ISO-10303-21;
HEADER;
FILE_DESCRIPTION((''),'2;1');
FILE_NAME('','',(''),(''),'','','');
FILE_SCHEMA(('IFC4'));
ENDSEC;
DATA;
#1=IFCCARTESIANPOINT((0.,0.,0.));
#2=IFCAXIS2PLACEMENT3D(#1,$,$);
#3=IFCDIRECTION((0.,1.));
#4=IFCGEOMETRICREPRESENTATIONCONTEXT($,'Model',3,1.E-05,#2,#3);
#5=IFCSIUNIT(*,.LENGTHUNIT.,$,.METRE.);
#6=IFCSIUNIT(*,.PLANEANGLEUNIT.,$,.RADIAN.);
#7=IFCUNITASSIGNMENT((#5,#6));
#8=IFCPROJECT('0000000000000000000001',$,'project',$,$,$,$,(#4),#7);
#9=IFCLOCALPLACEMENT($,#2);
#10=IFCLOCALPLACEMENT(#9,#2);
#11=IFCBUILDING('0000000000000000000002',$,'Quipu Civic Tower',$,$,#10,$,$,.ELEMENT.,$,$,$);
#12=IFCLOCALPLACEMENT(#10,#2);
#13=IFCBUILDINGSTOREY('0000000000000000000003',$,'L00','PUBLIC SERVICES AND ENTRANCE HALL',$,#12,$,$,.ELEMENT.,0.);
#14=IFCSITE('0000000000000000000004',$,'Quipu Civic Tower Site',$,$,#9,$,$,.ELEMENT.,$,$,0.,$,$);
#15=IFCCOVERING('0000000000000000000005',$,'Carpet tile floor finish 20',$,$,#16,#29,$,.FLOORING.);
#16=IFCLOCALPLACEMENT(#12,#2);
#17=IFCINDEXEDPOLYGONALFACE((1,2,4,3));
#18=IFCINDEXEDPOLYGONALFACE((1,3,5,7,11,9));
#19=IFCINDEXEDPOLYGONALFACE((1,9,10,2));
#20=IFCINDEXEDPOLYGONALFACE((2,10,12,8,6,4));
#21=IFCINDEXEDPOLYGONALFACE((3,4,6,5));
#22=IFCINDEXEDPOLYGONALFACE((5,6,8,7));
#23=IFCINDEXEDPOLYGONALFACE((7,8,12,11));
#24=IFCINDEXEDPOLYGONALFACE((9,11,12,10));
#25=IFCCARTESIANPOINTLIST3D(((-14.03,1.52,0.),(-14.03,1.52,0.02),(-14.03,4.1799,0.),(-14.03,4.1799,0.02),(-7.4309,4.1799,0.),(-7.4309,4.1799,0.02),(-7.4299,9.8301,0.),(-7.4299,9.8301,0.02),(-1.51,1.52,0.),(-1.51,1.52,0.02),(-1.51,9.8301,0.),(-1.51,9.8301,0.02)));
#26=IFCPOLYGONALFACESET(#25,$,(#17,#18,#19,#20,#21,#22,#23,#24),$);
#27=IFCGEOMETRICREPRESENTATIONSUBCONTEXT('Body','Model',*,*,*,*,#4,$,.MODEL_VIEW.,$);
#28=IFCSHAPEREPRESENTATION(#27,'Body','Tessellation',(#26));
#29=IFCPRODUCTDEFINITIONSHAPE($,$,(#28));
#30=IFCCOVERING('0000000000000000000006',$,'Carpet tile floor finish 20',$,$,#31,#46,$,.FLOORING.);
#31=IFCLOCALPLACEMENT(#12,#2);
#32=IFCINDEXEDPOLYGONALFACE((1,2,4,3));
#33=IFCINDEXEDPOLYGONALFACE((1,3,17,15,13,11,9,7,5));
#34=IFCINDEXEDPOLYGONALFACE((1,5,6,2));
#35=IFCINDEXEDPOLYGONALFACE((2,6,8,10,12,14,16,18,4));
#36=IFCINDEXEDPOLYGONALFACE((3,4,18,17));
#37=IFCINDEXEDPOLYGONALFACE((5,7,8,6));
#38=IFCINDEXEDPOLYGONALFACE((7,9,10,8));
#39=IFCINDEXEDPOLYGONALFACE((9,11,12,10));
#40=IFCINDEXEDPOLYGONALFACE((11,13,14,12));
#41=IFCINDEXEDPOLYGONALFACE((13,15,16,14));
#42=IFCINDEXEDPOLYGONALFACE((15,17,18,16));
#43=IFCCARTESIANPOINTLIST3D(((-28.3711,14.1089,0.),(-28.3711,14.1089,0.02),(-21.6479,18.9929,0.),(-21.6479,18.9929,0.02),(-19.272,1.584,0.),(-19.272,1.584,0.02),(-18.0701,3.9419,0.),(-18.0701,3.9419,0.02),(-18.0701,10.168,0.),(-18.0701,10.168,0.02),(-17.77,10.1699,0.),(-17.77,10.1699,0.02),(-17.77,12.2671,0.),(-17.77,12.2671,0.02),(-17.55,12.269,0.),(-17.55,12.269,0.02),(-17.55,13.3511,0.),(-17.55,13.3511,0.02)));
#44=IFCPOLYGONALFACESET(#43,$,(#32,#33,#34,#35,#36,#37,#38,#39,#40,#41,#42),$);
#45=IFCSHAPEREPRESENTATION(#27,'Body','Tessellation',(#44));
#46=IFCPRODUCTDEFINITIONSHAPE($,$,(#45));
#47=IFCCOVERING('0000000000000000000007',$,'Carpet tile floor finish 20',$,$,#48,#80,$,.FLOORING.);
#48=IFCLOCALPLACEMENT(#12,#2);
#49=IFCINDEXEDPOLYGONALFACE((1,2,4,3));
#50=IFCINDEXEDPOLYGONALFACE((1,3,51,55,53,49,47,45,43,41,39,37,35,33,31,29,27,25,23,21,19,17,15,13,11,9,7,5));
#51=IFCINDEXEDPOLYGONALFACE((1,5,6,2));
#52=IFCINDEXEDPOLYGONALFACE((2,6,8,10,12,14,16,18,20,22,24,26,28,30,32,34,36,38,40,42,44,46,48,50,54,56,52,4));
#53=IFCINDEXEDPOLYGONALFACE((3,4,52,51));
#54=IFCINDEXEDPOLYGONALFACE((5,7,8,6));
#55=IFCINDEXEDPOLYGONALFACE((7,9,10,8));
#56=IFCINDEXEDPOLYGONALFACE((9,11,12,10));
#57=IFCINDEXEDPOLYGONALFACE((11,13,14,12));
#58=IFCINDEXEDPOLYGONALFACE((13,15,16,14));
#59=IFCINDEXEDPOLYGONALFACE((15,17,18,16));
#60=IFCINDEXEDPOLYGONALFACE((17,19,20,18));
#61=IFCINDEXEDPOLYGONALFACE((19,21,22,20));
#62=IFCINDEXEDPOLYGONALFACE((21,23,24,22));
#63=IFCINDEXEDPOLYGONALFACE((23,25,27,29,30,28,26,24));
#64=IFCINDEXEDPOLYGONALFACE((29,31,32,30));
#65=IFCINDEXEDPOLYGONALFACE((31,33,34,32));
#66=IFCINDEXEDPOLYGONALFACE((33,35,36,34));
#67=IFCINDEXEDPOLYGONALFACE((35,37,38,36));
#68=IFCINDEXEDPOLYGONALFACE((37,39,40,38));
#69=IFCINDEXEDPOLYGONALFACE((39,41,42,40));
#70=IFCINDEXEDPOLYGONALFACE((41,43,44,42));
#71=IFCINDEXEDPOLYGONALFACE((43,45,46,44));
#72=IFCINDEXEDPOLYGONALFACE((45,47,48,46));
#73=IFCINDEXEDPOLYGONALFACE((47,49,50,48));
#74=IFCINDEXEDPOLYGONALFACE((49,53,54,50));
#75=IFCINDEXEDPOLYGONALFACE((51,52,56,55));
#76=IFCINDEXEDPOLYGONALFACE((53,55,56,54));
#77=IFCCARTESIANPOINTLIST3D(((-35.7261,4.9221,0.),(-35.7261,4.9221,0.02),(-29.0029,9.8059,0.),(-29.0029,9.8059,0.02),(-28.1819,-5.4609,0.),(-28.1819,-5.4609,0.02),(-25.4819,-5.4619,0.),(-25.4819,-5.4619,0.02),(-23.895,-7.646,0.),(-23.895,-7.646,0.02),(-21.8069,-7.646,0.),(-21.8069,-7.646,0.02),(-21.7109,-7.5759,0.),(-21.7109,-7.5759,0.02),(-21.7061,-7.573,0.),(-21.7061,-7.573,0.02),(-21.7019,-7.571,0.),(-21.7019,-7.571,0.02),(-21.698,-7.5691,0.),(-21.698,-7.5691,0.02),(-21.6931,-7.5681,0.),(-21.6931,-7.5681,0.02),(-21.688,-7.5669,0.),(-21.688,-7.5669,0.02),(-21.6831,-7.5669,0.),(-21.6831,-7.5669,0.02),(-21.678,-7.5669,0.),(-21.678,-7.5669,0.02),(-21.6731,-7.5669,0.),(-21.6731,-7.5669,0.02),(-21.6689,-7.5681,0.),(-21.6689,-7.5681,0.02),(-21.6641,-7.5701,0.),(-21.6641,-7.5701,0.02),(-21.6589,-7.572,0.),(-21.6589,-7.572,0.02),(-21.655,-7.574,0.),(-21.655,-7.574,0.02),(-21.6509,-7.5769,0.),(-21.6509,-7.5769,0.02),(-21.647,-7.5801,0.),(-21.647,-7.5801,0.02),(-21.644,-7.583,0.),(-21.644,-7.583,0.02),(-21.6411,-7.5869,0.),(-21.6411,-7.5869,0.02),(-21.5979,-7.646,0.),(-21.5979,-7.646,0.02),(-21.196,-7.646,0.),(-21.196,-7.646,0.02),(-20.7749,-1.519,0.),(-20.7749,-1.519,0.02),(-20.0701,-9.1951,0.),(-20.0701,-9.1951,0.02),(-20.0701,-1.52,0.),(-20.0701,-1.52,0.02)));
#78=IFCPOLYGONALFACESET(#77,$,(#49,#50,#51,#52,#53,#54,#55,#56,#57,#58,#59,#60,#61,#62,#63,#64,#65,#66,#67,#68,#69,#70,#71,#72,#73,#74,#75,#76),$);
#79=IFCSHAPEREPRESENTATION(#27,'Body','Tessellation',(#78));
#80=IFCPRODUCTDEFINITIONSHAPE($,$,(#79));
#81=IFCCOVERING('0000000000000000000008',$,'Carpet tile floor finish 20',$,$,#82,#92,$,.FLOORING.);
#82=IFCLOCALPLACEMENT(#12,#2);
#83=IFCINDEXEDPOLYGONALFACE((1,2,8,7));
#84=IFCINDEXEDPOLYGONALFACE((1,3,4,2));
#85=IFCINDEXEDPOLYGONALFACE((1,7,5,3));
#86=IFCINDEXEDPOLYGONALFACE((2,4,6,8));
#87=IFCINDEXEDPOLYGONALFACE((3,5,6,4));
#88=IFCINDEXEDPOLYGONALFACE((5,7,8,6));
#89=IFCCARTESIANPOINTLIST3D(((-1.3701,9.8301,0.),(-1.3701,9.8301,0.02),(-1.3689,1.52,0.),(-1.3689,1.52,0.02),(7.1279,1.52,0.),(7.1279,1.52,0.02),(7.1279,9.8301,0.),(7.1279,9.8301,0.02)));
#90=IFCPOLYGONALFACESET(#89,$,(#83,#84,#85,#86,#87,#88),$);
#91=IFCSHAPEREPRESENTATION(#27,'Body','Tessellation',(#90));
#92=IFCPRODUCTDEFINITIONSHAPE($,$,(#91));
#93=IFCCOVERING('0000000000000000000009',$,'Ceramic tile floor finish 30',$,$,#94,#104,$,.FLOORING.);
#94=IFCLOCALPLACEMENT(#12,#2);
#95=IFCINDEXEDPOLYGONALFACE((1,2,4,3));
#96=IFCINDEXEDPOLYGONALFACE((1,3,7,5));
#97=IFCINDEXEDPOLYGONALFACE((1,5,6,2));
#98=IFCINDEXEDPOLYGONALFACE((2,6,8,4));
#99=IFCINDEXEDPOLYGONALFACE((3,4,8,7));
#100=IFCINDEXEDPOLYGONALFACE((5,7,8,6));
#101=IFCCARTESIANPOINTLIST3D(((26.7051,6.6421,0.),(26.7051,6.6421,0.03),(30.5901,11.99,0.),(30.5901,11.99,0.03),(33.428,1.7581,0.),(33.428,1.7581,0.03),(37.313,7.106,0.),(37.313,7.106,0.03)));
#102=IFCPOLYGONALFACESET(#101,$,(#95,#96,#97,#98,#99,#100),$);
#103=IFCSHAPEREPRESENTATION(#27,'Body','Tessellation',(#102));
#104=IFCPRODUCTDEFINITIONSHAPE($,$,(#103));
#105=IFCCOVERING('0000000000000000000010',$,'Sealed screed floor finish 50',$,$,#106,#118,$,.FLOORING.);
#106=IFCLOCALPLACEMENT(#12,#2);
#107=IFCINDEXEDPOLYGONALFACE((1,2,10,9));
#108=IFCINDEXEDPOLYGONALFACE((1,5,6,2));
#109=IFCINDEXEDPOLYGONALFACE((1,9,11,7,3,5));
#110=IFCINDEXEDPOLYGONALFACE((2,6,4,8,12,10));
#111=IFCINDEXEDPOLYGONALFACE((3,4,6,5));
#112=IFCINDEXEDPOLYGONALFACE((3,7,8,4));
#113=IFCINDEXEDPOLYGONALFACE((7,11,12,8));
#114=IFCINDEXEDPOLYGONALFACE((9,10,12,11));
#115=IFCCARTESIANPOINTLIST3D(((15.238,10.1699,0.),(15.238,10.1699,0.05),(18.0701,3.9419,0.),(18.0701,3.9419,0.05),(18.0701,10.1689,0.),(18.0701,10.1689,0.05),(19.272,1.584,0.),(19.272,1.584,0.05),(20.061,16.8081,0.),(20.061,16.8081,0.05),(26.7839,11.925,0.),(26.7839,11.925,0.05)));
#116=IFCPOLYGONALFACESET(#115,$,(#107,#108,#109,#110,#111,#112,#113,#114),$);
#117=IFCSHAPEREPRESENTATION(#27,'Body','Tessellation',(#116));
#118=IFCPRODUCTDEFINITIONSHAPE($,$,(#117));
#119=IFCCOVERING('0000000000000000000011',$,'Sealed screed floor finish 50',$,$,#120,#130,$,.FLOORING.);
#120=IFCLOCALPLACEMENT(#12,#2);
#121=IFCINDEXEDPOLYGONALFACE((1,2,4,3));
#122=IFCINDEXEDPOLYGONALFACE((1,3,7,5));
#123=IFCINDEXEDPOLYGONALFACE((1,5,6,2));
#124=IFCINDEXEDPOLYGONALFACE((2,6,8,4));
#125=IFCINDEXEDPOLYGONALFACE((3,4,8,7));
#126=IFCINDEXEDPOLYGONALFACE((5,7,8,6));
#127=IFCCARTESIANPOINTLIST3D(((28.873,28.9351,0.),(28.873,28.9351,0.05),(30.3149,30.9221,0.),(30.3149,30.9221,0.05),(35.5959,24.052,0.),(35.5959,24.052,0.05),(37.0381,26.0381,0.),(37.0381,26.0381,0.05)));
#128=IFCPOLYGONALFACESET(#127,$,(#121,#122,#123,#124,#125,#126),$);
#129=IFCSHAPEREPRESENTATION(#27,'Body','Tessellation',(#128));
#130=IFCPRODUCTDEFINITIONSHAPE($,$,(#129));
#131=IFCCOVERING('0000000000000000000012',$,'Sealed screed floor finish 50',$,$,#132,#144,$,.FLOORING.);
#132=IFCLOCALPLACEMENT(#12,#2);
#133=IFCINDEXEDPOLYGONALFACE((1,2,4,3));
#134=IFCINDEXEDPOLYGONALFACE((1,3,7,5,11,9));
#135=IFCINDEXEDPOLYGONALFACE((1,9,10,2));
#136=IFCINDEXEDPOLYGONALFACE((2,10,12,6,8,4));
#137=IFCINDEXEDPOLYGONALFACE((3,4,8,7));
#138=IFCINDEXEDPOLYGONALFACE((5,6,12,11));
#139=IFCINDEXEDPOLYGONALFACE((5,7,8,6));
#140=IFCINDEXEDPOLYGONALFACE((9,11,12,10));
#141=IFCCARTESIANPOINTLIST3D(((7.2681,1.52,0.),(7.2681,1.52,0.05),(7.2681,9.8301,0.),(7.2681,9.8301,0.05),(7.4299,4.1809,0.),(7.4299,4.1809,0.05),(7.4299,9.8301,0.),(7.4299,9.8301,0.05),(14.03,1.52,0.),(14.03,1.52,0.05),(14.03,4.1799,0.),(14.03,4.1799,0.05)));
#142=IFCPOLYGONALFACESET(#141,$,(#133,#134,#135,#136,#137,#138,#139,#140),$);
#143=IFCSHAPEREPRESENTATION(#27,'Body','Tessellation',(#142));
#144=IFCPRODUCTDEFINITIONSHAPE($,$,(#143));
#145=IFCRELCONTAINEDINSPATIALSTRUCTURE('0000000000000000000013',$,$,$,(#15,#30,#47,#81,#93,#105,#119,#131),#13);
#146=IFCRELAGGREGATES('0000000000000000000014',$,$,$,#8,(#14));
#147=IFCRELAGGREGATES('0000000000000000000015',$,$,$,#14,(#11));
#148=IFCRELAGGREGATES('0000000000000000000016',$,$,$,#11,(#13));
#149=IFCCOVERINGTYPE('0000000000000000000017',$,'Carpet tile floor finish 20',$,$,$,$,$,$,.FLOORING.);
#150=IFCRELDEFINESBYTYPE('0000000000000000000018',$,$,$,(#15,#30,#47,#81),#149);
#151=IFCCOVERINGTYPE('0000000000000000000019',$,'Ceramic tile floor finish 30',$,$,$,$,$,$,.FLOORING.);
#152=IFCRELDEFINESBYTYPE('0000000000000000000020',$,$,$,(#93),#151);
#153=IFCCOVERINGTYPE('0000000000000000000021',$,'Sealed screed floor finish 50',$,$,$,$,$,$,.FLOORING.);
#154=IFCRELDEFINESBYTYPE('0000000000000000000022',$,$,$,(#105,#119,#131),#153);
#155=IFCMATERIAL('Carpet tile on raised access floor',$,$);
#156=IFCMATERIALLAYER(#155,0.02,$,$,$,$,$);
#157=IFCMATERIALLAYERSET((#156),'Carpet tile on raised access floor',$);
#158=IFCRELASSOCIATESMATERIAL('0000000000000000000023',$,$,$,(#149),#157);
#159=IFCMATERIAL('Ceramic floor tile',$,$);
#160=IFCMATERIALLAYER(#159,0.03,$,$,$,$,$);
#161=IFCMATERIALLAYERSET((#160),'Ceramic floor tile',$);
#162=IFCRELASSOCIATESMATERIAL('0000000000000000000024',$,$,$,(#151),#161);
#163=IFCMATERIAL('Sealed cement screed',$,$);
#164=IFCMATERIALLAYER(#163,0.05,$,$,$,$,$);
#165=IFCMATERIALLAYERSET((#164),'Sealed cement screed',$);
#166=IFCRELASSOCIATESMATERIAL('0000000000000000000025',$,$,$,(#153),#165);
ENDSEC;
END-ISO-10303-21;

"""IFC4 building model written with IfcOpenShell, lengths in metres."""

from ifc_helpers import new_model, si_unit, direction, origin, place, context, subcontext, project, spatial, polyline, outline, extrude, material, layer, layer_set, type_object, element, save


model = new_model("IFC4")

# Units and contexts
model_context = context("Model", 3, precision=1e-05, world=origin(), true_north=direction((0.0, 1.0)))
body_context = subcontext(model_context, "Body", "Model", "MODEL_VIEW")
ifc_project = project(units=[si_unit("LENGTHUNIT", "METRE"), si_unit("PLANEANGLEUNIT", "RADIAN")], contexts=[model_context])

# Site, building, storey
site_placement = place(None, origin())
site = spatial("IfcSite", under=ifc_project, at=site_placement, Name="Quipu Civic Tower Site", CompositionType="ELEMENT", RefElevation=0.0)
building_placement = place(site_placement, origin())
building = spatial("IfcBuilding", under=site, at=building_placement, Name="Quipu Civic Tower", CompositionType="ELEMENT")
storey_placement = place(building_placement, origin())
storey = spatial("IfcBuildingStorey", under=building, at=storey_placement, Name="L00", Description="PUBLIC SERVICES AND ENTRANCE HALL", CompositionType="ELEMENT", Elevation=0.0)

# Coverings
ifc_material_1 = material(Name="Carpet tile on raised access floor")
ifc_layer_1 = layer(ifc_material_1, 0.02)
ifc_layer_set_1 = layer_set([ifc_layer_1], Name="Carpet tile on raised access floor")
covering_type_1 = type_object("IfcCoveringType", Name="Carpet tile floor finish 20", PredefinedType="FLOORING", material=ifc_layer_set_1)
covering_1_placement = place(storey_placement, origin())
element("IfcCovering", 1, at=covering_1_placement, inside=storey, type_object=covering_type_1, Name="Carpet tile floor finish 20", PredefinedType="FLOORING", context=body_context, shape_type="SweptSolid", body=[
    extrude(outline(polyline([(-14.03, 4.1799), (-7.4309, 4.1799), (-7.4299, 9.8301), (-1.51, 9.8301), (-1.51, 1.52), (-14.03, 1.52), (-14.03, 4.1799)])), origin(), (0.0, 0.0, 1.0), 0.02),
])
covering_2_placement = place(storey_placement, origin())
element("IfcCovering", 2, at=covering_2_placement, inside=storey, type_object=covering_type_1, Name="Carpet tile floor finish 20", PredefinedType="FLOORING", context=body_context, shape_type="SweptSolid", body=[
    extrude(outline(polyline([(-28.3711, 14.1089), (-21.6479, 18.9929), (-17.55, 13.3511), (-17.55, 12.269), (-17.77, 12.2671), (-17.77, 10.1699), (-18.0701, 10.168), (-18.0701, 3.9419), (-19.272, 1.584), (-28.3711, 14.1089)])), origin(), (0.0, 0.0, 1.0), 0.02),
])
covering_3_placement = place(storey_placement, origin())
element("IfcCovering", 3, at=covering_3_placement, inside=storey, type_object=covering_type_1, Name="Carpet tile floor finish 20", PredefinedType="FLOORING", context=body_context, shape_type="SweptSolid", body=[
    extrude(outline(polyline([(-35.7261, 4.9221), (-29.0029, 9.8059), (-20.7749, -1.519), (-20.0701, -1.52), (-20.0701, -9.1951), (-21.196, -7.646), (-21.5979, -7.646), (-21.6411, -7.5869), (-21.644, -7.583), (-21.647, -7.5801), (-21.6509, -7.5769), (-21.655, -7.574), (-21.6589, -7.572), (-21.6641, -7.5701), (-21.6689, -7.5681), (-21.6731, -7.5669), (-21.678, -7.5669), (-21.6831, -7.5669), (-21.688, -7.5669), (-21.6931, -7.5681), (-21.698, -7.5691), (-21.7019, -7.571), (-21.7061, -7.573), (-21.7109, -7.5759), (-21.8069, -7.646), (-23.895, -7.646), (-25.4819, -5.4619), (-28.1819, -5.4609), (-35.7261, 4.9221)])), origin(), (0.0, 0.0, 1.0), 0.02),
])
covering_4_placement = place(storey_placement, origin())
element("IfcCovering", 4, at=covering_4_placement, inside=storey, type_object=covering_type_1, Name="Carpet tile floor finish 20", PredefinedType="FLOORING", context=body_context, shape_type="SweptSolid", body=[
    extrude(outline(polyline([(-1.3701, 9.8301), (7.1279, 9.8301), (7.1279, 1.52), (-1.3689, 1.52), (-1.3701, 9.8301)])), origin(), (0.0, 0.0, 1.0), 0.02),
])
ifc_material_2 = material(Name="Ceramic floor tile")
ifc_layer_2 = layer(ifc_material_2, 0.03)
ifc_layer_set_2 = layer_set([ifc_layer_2], Name="Ceramic floor tile")
covering_type_2 = type_object("IfcCoveringType", Name="Ceramic tile floor finish 30", PredefinedType="FLOORING", material=ifc_layer_set_2)
covering_5_placement = place(storey_placement, origin())
element("IfcCovering", 5, at=covering_5_placement, inside=storey, type_object=covering_type_2, Name="Ceramic tile floor finish 30", PredefinedType="FLOORING", context=body_context, shape_type="SweptSolid", body=[
    extrude(outline(polyline([(26.7051, 6.6421), (30.5901, 11.99), (37.313, 7.106), (33.428, 1.7581), (26.7051, 6.6421)])), origin(), (0.0, 0.0, 1.0), 0.03),
])
ifc_material_3 = material(Name="Sealed cement screed")
ifc_layer_3 = layer(ifc_material_3, 0.05)
ifc_layer_set_3 = layer_set([ifc_layer_3], Name="Sealed cement screed")
covering_type_3 = type_object("IfcCoveringType", Name="Sealed screed floor finish 50", PredefinedType="FLOORING", material=ifc_layer_set_3)
covering_6_placement = place(storey_placement, origin())
element("IfcCovering", 6, at=covering_6_placement, inside=storey, type_object=covering_type_3, Name="Sealed screed floor finish 50", PredefinedType="FLOORING", context=body_context, shape_type="SweptSolid", body=[
    extrude(outline(polyline([(15.238, 10.1699), (20.061, 16.8081), (26.7839, 11.925), (19.272, 1.584), (18.0701, 3.9419), (18.0701, 10.1689), (15.238, 10.1699)])), origin(), (0.0, 0.0, 1.0), 0.05),
])
covering_7_placement = place(storey_placement, origin())
element("IfcCovering", 7, at=covering_7_placement, inside=storey, type_object=covering_type_3, Name="Sealed screed floor finish 50", PredefinedType="FLOORING", context=body_context, shape_type="SweptSolid", body=[
    extrude(outline(polyline([(28.873, 28.9351), (30.3149, 30.9221), (37.0381, 26.0381), (35.5959, 24.052), (28.873, 28.9351)])), origin(), (0.0, 0.0, 1.0), 0.05),
])
covering_8_placement = place(storey_placement, origin())
element("IfcCovering", 8, at=covering_8_placement, inside=storey, type_object=covering_type_3, Name="Sealed screed floor finish 50", PredefinedType="FLOORING", context=body_context, shape_type="SweptSolid", body=[
    extrude(outline(polyline([(7.2681, 1.52), (7.2681, 9.8301), (7.4299, 9.8301), (7.4299, 4.1809), (14.03, 4.1799), (14.03, 1.52), (7.2681, 1.52)])), origin(), (0.0, 0.0, 1.0), 0.05),
])

save(model, "model.ifc")
